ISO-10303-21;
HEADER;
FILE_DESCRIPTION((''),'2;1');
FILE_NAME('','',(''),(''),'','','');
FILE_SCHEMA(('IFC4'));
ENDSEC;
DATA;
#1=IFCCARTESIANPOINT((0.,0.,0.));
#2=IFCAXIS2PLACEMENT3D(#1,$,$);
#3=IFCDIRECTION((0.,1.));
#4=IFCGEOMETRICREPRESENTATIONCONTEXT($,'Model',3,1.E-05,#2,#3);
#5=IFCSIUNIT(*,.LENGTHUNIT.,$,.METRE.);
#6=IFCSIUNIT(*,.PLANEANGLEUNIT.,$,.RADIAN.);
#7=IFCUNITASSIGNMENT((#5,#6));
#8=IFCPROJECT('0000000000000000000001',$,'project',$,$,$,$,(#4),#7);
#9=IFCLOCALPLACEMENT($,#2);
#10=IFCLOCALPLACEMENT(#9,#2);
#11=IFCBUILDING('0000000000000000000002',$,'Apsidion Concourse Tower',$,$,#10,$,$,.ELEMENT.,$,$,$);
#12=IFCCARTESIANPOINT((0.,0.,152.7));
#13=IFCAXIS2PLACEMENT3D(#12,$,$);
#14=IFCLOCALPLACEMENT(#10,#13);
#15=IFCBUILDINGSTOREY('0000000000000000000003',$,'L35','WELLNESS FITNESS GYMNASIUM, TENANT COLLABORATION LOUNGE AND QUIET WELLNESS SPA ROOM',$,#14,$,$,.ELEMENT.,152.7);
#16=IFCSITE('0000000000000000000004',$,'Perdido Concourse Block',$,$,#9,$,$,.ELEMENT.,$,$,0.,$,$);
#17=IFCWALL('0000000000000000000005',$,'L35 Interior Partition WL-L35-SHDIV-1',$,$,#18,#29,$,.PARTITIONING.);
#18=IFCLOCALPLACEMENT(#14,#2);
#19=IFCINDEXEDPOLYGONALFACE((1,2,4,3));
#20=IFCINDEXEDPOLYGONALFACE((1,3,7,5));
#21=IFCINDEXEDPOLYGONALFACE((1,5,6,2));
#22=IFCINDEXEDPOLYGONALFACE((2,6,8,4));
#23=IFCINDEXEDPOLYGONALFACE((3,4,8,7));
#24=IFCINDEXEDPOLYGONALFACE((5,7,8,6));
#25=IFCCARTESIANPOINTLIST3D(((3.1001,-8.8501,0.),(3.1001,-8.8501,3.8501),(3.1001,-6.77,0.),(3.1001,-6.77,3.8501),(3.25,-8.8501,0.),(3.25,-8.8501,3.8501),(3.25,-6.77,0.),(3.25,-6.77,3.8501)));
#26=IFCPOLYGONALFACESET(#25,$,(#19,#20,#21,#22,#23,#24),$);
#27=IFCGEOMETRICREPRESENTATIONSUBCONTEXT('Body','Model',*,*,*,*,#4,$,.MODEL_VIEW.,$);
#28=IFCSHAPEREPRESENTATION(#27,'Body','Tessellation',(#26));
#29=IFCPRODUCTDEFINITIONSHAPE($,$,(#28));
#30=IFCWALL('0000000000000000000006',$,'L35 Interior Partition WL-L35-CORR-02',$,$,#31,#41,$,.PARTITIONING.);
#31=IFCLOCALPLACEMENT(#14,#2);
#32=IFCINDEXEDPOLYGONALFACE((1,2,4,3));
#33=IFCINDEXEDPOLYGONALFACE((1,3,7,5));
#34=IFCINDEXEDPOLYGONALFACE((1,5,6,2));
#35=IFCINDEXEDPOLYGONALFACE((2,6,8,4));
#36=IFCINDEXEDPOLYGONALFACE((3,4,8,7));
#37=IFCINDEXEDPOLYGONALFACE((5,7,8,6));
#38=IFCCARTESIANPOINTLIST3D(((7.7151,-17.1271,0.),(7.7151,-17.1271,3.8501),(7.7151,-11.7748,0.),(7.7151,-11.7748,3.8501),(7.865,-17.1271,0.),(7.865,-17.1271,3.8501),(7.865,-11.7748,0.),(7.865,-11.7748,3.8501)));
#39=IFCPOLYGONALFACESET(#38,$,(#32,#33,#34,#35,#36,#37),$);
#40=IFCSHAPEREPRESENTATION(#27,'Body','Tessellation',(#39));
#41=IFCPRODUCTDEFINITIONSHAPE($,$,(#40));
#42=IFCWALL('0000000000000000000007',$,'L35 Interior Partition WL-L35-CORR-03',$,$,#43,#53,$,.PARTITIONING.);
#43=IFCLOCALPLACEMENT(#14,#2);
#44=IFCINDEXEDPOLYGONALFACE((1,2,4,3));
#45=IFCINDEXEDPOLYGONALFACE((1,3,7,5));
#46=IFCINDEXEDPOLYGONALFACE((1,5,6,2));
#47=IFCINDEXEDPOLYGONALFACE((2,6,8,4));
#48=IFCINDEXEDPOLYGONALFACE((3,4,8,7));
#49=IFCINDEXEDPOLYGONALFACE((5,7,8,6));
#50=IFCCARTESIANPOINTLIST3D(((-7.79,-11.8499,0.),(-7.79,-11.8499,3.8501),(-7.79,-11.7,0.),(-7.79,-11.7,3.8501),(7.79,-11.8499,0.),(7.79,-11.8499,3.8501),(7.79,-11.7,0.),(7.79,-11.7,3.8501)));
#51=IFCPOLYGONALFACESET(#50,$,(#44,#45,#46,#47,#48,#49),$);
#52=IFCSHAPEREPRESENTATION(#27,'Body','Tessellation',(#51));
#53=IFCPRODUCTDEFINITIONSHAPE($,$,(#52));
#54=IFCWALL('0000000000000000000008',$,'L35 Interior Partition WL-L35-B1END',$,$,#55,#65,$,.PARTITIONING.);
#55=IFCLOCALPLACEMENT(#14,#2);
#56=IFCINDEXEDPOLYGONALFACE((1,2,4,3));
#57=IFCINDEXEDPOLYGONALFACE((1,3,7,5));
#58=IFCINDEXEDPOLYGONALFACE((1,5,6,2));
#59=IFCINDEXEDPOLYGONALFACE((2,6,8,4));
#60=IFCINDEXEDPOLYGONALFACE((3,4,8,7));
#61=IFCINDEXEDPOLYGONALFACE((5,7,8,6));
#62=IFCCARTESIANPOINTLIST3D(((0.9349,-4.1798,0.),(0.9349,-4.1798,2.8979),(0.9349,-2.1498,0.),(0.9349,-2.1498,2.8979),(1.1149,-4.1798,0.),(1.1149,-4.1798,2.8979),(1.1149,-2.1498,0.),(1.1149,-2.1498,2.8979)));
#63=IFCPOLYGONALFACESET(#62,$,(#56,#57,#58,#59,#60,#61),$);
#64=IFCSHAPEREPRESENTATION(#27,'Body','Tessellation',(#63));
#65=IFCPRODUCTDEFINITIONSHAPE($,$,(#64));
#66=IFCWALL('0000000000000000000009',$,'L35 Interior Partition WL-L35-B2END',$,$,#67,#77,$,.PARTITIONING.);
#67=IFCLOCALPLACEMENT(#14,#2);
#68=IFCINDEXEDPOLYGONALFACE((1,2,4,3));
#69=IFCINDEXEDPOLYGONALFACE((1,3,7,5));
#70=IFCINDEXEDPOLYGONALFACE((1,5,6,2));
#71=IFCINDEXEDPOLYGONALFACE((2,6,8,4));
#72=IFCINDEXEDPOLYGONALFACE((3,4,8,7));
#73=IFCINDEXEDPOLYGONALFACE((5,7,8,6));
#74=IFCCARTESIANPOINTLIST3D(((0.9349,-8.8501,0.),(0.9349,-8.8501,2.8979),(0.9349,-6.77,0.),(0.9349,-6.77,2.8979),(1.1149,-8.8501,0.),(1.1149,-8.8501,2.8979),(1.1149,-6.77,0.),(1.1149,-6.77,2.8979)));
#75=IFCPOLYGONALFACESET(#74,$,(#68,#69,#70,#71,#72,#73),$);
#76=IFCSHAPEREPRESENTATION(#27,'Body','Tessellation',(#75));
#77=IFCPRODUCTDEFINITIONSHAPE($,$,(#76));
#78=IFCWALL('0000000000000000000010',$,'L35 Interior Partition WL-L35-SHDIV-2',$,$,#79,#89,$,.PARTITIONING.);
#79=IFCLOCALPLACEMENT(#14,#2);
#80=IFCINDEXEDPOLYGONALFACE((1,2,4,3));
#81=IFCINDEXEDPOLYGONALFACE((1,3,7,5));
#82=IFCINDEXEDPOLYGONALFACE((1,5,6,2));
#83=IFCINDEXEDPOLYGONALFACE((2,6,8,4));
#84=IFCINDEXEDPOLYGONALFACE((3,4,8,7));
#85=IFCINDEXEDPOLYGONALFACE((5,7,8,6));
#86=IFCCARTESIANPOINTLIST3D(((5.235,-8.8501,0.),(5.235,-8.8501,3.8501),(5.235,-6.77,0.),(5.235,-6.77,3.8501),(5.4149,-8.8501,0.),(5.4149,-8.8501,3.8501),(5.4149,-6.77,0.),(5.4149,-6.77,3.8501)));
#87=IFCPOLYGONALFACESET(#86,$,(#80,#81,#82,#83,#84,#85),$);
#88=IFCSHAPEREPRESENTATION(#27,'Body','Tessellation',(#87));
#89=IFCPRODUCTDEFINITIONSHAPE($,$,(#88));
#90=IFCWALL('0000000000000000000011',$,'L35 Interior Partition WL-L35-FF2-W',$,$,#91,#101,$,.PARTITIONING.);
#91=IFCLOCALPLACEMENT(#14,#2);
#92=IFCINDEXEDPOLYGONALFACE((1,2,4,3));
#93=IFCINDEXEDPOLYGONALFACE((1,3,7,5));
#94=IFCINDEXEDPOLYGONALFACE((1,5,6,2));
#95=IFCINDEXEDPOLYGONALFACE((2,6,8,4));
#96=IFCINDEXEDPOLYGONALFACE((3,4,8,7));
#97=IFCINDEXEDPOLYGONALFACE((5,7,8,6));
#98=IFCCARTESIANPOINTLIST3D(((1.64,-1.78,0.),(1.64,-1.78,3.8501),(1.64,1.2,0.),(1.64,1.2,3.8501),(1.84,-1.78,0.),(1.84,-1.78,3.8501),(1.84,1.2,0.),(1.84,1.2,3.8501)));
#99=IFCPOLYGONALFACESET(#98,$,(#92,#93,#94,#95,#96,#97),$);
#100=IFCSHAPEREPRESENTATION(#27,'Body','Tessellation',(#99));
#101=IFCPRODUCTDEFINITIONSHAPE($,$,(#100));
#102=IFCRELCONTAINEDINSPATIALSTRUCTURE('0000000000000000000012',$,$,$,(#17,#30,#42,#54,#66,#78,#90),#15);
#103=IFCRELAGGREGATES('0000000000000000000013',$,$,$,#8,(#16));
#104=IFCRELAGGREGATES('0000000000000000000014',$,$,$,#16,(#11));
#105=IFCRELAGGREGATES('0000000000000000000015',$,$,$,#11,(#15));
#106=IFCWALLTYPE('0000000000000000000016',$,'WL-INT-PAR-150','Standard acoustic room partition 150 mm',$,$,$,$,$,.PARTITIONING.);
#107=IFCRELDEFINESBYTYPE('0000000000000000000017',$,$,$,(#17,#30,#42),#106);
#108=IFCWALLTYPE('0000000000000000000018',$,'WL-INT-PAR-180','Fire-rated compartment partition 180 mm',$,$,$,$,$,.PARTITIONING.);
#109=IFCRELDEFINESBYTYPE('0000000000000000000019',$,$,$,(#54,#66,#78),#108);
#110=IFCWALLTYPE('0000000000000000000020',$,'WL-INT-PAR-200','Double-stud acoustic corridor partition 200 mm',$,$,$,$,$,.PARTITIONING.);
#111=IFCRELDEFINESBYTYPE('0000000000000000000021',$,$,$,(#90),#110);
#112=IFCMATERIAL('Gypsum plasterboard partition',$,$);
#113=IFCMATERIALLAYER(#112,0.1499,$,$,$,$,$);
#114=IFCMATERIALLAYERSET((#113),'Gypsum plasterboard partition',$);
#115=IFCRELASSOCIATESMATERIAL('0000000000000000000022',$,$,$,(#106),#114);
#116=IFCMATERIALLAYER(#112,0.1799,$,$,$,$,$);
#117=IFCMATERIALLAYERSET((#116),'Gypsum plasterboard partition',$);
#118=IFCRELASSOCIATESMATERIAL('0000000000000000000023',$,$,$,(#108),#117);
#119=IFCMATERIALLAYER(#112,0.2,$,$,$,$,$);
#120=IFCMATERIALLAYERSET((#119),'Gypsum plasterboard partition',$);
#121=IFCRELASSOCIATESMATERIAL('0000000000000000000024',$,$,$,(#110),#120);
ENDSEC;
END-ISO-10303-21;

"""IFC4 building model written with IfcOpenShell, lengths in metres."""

from ifc_helpers import new_model, si_unit, direction, frame, frame_2d, origin, place, context, subcontext, project, spatial, rectangle, extrude, material, layer, layer_set, type_object, element, save


model = new_model("IFC4")

# Units and contexts
model_context = context("Model", 3, precision=1e-05, world=origin(), true_north=direction((0.0, 1.0)))
body_context = subcontext(model_context, "Body", "Model", "MODEL_VIEW")
ifc_project = project(units=[si_unit("LENGTHUNIT", "METRE"), si_unit("PLANEANGLEUNIT", "RADIAN")], contexts=[model_context])

# Site, building, storey
site_placement = place(None, origin())
site = spatial("IfcSite", under=ifc_project, at=site_placement, Name="Perdido Concourse Block", CompositionType="ELEMENT", RefElevation=0.0)
building_placement = place(site_placement, origin())
building = spatial("IfcBuilding", under=site, at=building_placement, Name="Apsidion Concourse Tower", CompositionType="ELEMENT")
storey_placement = place(building_placement, frame((0.0, 0.0, 152.7)))
storey = spatial("IfcBuildingStorey", under=building, at=storey_placement, Name="L35", Description="WELLNESS FITNESS GYMNASIUM, TENANT COLLABORATION LOUNGE AND QUIET WELLNESS SPA ROOM", CompositionType="ELEMENT", Elevation=152.7)

# Walls
ifc_material_1 = material(Name="Gypsum plasterboard partition")
ifc_layer_1 = layer(ifc_material_1, 0.1499)
ifc_layer_set_1 = layer_set([ifc_layer_1], Name="Gypsum plasterboard partition")
wall_type_1 = type_object("IfcWallType", Name="WL-INT-PAR-150", Description="Standard acoustic room partition 150 mm", PredefinedType="PARTITIONING", material=ifc_layer_set_1)
wall_1_placement = place(storey_placement, frame((3.175, -8.8501, 0.0), z_axis=(0.0, 0.0, 1.0), x_axis=(0.0, 1.0, 0.0)))
element("IfcWall", 1, at=wall_1_placement, inside=storey, type_object=wall_type_1, Name="L35 Interior Partition WL-L35-SHDIV-1", PredefinedType="PARTITIONING", context=body_context, shape_type="SweptSolid", body=[
    extrude(rectangle(XDim=2.0801, YDim=0.1499, at=frame_2d((1.04, 0.0))), origin(), (0.0, 0.0, 1.0), 3.8501),
])
wall_2_placement = place(storey_placement, frame((7.79, -17.1272, 0.0), z_axis=(0.0, 0.0, 1.0), x_axis=(0.0, 1.0, 0.0)))
element("IfcWall", 2, at=wall_2_placement, inside=storey, type_object=wall_type_1, Name="L35 Interior Partition WL-L35-CORR-02", PredefinedType="PARTITIONING", context=body_context, shape_type="SweptSolid", body=[
    extrude(rectangle(XDim=5.3523, YDim=0.1499, at=frame_2d((2.6763, 0.0))), origin(), (0.0, 0.0, 1.0), 3.8501),
])
wall_3_placement = place(storey_placement, frame((7.79, -11.7749, 0.0), z_axis=(0.0, 0.0, 1.0), x_axis=(-1.0, 0.0, 0.0)))
element("IfcWall", 3, at=wall_3_placement, inside=storey, type_object=wall_type_1, Name="L35 Interior Partition WL-L35-CORR-03", PredefinedType="PARTITIONING", context=body_context, shape_type="SweptSolid", body=[
    extrude(rectangle(XDim=15.5801, YDim=0.1499, at=frame_2d((7.79, 0.0))), origin(), (0.0, 0.0, 1.0), 3.8501),
])
ifc_layer_2 = layer(ifc_material_1, 0.1799)
ifc_layer_set_2 = layer_set([ifc_layer_2], Name="Gypsum plasterboard partition")
wall_type_2 = type_object("IfcWallType", Name="WL-INT-PAR-180", Description="Fire-rated compartment partition 180 mm", PredefinedType="PARTITIONING", material=ifc_layer_set_2)
wall_4_placement = place(storey_placement, frame((1.0249, -4.1799, 0.0), z_axis=(0.0, 0.0, 1.0), x_axis=(0.0, 1.0, 0.0)))
element("IfcWall", 4, at=wall_4_placement, inside=storey, type_object=wall_type_2, Name="L35 Interior Partition WL-L35-B1END", PredefinedType="PARTITIONING", context=body_context, shape_type="SweptSolid", body=[
    extrude(rectangle(XDim=2.03, YDim=0.1799, at=frame_2d((1.0151, 0.0))), origin(), (0.0, 0.0, 1.0), 2.8979),
])
wall_5_placement = place(storey_placement, frame((1.0249, -8.8501, 0.0), z_axis=(0.0, 0.0, 1.0), x_axis=(0.0, 1.0, 0.0)))
element("IfcWall", 5, at=wall_5_placement, inside=storey, type_object=wall_type_2, Name="L35 Interior Partition WL-L35-B2END", PredefinedType="PARTITIONING", context=body_context, shape_type="SweptSolid", body=[
    extrude(rectangle(XDim=2.0801, YDim=0.1799, at=frame_2d((1.04, 0.0))), origin(), (0.0, 0.0, 1.0), 2.8979),
])
wall_6_placement = place(storey_placement, frame((5.325, -8.8501, 0.0), z_axis=(0.0, 0.0, 1.0), x_axis=(0.0, 1.0, 0.0)))
element("IfcWall", 6, at=wall_6_placement, inside=storey, type_object=wall_type_2, Name="L35 Interior Partition WL-L35-SHDIV-2", PredefinedType="PARTITIONING", context=body_context, shape_type="SweptSolid", body=[
    extrude(rectangle(XDim=2.0801, YDim=0.1799, at=frame_2d((1.04, 0.0))), origin(), (0.0, 0.0, 1.0), 3.8501),
])
ifc_layer_3 = layer(ifc_material_1, 0.2)
ifc_layer_set_3 = layer_set([ifc_layer_3], Name="Gypsum plasterboard partition")
wall_type_3 = type_object("IfcWallType", Name="WL-INT-PAR-200", Description="Double-stud acoustic corridor partition 200 mm", PredefinedType="PARTITIONING", material=ifc_layer_set_3)
wall_7_placement = place(storey_placement, frame((1.74, -1.78, 0.0), z_axis=(0.0, 0.0, 1.0), x_axis=(0.0, 1.0, 0.0)))
element("IfcWall", 7, at=wall_7_placement, inside=storey, type_object=wall_type_3, Name="L35 Interior Partition WL-L35-FF2-W", PredefinedType="PARTITIONING", context=body_context, shape_type="SweptSolid", body=[
    extrude(rectangle(XDim=2.98, YDim=0.2, at=frame_2d((1.49, 0.0))), origin(), (0.0, 0.0, 1.0), 3.8501),
])

save(model, "model.ifc")
